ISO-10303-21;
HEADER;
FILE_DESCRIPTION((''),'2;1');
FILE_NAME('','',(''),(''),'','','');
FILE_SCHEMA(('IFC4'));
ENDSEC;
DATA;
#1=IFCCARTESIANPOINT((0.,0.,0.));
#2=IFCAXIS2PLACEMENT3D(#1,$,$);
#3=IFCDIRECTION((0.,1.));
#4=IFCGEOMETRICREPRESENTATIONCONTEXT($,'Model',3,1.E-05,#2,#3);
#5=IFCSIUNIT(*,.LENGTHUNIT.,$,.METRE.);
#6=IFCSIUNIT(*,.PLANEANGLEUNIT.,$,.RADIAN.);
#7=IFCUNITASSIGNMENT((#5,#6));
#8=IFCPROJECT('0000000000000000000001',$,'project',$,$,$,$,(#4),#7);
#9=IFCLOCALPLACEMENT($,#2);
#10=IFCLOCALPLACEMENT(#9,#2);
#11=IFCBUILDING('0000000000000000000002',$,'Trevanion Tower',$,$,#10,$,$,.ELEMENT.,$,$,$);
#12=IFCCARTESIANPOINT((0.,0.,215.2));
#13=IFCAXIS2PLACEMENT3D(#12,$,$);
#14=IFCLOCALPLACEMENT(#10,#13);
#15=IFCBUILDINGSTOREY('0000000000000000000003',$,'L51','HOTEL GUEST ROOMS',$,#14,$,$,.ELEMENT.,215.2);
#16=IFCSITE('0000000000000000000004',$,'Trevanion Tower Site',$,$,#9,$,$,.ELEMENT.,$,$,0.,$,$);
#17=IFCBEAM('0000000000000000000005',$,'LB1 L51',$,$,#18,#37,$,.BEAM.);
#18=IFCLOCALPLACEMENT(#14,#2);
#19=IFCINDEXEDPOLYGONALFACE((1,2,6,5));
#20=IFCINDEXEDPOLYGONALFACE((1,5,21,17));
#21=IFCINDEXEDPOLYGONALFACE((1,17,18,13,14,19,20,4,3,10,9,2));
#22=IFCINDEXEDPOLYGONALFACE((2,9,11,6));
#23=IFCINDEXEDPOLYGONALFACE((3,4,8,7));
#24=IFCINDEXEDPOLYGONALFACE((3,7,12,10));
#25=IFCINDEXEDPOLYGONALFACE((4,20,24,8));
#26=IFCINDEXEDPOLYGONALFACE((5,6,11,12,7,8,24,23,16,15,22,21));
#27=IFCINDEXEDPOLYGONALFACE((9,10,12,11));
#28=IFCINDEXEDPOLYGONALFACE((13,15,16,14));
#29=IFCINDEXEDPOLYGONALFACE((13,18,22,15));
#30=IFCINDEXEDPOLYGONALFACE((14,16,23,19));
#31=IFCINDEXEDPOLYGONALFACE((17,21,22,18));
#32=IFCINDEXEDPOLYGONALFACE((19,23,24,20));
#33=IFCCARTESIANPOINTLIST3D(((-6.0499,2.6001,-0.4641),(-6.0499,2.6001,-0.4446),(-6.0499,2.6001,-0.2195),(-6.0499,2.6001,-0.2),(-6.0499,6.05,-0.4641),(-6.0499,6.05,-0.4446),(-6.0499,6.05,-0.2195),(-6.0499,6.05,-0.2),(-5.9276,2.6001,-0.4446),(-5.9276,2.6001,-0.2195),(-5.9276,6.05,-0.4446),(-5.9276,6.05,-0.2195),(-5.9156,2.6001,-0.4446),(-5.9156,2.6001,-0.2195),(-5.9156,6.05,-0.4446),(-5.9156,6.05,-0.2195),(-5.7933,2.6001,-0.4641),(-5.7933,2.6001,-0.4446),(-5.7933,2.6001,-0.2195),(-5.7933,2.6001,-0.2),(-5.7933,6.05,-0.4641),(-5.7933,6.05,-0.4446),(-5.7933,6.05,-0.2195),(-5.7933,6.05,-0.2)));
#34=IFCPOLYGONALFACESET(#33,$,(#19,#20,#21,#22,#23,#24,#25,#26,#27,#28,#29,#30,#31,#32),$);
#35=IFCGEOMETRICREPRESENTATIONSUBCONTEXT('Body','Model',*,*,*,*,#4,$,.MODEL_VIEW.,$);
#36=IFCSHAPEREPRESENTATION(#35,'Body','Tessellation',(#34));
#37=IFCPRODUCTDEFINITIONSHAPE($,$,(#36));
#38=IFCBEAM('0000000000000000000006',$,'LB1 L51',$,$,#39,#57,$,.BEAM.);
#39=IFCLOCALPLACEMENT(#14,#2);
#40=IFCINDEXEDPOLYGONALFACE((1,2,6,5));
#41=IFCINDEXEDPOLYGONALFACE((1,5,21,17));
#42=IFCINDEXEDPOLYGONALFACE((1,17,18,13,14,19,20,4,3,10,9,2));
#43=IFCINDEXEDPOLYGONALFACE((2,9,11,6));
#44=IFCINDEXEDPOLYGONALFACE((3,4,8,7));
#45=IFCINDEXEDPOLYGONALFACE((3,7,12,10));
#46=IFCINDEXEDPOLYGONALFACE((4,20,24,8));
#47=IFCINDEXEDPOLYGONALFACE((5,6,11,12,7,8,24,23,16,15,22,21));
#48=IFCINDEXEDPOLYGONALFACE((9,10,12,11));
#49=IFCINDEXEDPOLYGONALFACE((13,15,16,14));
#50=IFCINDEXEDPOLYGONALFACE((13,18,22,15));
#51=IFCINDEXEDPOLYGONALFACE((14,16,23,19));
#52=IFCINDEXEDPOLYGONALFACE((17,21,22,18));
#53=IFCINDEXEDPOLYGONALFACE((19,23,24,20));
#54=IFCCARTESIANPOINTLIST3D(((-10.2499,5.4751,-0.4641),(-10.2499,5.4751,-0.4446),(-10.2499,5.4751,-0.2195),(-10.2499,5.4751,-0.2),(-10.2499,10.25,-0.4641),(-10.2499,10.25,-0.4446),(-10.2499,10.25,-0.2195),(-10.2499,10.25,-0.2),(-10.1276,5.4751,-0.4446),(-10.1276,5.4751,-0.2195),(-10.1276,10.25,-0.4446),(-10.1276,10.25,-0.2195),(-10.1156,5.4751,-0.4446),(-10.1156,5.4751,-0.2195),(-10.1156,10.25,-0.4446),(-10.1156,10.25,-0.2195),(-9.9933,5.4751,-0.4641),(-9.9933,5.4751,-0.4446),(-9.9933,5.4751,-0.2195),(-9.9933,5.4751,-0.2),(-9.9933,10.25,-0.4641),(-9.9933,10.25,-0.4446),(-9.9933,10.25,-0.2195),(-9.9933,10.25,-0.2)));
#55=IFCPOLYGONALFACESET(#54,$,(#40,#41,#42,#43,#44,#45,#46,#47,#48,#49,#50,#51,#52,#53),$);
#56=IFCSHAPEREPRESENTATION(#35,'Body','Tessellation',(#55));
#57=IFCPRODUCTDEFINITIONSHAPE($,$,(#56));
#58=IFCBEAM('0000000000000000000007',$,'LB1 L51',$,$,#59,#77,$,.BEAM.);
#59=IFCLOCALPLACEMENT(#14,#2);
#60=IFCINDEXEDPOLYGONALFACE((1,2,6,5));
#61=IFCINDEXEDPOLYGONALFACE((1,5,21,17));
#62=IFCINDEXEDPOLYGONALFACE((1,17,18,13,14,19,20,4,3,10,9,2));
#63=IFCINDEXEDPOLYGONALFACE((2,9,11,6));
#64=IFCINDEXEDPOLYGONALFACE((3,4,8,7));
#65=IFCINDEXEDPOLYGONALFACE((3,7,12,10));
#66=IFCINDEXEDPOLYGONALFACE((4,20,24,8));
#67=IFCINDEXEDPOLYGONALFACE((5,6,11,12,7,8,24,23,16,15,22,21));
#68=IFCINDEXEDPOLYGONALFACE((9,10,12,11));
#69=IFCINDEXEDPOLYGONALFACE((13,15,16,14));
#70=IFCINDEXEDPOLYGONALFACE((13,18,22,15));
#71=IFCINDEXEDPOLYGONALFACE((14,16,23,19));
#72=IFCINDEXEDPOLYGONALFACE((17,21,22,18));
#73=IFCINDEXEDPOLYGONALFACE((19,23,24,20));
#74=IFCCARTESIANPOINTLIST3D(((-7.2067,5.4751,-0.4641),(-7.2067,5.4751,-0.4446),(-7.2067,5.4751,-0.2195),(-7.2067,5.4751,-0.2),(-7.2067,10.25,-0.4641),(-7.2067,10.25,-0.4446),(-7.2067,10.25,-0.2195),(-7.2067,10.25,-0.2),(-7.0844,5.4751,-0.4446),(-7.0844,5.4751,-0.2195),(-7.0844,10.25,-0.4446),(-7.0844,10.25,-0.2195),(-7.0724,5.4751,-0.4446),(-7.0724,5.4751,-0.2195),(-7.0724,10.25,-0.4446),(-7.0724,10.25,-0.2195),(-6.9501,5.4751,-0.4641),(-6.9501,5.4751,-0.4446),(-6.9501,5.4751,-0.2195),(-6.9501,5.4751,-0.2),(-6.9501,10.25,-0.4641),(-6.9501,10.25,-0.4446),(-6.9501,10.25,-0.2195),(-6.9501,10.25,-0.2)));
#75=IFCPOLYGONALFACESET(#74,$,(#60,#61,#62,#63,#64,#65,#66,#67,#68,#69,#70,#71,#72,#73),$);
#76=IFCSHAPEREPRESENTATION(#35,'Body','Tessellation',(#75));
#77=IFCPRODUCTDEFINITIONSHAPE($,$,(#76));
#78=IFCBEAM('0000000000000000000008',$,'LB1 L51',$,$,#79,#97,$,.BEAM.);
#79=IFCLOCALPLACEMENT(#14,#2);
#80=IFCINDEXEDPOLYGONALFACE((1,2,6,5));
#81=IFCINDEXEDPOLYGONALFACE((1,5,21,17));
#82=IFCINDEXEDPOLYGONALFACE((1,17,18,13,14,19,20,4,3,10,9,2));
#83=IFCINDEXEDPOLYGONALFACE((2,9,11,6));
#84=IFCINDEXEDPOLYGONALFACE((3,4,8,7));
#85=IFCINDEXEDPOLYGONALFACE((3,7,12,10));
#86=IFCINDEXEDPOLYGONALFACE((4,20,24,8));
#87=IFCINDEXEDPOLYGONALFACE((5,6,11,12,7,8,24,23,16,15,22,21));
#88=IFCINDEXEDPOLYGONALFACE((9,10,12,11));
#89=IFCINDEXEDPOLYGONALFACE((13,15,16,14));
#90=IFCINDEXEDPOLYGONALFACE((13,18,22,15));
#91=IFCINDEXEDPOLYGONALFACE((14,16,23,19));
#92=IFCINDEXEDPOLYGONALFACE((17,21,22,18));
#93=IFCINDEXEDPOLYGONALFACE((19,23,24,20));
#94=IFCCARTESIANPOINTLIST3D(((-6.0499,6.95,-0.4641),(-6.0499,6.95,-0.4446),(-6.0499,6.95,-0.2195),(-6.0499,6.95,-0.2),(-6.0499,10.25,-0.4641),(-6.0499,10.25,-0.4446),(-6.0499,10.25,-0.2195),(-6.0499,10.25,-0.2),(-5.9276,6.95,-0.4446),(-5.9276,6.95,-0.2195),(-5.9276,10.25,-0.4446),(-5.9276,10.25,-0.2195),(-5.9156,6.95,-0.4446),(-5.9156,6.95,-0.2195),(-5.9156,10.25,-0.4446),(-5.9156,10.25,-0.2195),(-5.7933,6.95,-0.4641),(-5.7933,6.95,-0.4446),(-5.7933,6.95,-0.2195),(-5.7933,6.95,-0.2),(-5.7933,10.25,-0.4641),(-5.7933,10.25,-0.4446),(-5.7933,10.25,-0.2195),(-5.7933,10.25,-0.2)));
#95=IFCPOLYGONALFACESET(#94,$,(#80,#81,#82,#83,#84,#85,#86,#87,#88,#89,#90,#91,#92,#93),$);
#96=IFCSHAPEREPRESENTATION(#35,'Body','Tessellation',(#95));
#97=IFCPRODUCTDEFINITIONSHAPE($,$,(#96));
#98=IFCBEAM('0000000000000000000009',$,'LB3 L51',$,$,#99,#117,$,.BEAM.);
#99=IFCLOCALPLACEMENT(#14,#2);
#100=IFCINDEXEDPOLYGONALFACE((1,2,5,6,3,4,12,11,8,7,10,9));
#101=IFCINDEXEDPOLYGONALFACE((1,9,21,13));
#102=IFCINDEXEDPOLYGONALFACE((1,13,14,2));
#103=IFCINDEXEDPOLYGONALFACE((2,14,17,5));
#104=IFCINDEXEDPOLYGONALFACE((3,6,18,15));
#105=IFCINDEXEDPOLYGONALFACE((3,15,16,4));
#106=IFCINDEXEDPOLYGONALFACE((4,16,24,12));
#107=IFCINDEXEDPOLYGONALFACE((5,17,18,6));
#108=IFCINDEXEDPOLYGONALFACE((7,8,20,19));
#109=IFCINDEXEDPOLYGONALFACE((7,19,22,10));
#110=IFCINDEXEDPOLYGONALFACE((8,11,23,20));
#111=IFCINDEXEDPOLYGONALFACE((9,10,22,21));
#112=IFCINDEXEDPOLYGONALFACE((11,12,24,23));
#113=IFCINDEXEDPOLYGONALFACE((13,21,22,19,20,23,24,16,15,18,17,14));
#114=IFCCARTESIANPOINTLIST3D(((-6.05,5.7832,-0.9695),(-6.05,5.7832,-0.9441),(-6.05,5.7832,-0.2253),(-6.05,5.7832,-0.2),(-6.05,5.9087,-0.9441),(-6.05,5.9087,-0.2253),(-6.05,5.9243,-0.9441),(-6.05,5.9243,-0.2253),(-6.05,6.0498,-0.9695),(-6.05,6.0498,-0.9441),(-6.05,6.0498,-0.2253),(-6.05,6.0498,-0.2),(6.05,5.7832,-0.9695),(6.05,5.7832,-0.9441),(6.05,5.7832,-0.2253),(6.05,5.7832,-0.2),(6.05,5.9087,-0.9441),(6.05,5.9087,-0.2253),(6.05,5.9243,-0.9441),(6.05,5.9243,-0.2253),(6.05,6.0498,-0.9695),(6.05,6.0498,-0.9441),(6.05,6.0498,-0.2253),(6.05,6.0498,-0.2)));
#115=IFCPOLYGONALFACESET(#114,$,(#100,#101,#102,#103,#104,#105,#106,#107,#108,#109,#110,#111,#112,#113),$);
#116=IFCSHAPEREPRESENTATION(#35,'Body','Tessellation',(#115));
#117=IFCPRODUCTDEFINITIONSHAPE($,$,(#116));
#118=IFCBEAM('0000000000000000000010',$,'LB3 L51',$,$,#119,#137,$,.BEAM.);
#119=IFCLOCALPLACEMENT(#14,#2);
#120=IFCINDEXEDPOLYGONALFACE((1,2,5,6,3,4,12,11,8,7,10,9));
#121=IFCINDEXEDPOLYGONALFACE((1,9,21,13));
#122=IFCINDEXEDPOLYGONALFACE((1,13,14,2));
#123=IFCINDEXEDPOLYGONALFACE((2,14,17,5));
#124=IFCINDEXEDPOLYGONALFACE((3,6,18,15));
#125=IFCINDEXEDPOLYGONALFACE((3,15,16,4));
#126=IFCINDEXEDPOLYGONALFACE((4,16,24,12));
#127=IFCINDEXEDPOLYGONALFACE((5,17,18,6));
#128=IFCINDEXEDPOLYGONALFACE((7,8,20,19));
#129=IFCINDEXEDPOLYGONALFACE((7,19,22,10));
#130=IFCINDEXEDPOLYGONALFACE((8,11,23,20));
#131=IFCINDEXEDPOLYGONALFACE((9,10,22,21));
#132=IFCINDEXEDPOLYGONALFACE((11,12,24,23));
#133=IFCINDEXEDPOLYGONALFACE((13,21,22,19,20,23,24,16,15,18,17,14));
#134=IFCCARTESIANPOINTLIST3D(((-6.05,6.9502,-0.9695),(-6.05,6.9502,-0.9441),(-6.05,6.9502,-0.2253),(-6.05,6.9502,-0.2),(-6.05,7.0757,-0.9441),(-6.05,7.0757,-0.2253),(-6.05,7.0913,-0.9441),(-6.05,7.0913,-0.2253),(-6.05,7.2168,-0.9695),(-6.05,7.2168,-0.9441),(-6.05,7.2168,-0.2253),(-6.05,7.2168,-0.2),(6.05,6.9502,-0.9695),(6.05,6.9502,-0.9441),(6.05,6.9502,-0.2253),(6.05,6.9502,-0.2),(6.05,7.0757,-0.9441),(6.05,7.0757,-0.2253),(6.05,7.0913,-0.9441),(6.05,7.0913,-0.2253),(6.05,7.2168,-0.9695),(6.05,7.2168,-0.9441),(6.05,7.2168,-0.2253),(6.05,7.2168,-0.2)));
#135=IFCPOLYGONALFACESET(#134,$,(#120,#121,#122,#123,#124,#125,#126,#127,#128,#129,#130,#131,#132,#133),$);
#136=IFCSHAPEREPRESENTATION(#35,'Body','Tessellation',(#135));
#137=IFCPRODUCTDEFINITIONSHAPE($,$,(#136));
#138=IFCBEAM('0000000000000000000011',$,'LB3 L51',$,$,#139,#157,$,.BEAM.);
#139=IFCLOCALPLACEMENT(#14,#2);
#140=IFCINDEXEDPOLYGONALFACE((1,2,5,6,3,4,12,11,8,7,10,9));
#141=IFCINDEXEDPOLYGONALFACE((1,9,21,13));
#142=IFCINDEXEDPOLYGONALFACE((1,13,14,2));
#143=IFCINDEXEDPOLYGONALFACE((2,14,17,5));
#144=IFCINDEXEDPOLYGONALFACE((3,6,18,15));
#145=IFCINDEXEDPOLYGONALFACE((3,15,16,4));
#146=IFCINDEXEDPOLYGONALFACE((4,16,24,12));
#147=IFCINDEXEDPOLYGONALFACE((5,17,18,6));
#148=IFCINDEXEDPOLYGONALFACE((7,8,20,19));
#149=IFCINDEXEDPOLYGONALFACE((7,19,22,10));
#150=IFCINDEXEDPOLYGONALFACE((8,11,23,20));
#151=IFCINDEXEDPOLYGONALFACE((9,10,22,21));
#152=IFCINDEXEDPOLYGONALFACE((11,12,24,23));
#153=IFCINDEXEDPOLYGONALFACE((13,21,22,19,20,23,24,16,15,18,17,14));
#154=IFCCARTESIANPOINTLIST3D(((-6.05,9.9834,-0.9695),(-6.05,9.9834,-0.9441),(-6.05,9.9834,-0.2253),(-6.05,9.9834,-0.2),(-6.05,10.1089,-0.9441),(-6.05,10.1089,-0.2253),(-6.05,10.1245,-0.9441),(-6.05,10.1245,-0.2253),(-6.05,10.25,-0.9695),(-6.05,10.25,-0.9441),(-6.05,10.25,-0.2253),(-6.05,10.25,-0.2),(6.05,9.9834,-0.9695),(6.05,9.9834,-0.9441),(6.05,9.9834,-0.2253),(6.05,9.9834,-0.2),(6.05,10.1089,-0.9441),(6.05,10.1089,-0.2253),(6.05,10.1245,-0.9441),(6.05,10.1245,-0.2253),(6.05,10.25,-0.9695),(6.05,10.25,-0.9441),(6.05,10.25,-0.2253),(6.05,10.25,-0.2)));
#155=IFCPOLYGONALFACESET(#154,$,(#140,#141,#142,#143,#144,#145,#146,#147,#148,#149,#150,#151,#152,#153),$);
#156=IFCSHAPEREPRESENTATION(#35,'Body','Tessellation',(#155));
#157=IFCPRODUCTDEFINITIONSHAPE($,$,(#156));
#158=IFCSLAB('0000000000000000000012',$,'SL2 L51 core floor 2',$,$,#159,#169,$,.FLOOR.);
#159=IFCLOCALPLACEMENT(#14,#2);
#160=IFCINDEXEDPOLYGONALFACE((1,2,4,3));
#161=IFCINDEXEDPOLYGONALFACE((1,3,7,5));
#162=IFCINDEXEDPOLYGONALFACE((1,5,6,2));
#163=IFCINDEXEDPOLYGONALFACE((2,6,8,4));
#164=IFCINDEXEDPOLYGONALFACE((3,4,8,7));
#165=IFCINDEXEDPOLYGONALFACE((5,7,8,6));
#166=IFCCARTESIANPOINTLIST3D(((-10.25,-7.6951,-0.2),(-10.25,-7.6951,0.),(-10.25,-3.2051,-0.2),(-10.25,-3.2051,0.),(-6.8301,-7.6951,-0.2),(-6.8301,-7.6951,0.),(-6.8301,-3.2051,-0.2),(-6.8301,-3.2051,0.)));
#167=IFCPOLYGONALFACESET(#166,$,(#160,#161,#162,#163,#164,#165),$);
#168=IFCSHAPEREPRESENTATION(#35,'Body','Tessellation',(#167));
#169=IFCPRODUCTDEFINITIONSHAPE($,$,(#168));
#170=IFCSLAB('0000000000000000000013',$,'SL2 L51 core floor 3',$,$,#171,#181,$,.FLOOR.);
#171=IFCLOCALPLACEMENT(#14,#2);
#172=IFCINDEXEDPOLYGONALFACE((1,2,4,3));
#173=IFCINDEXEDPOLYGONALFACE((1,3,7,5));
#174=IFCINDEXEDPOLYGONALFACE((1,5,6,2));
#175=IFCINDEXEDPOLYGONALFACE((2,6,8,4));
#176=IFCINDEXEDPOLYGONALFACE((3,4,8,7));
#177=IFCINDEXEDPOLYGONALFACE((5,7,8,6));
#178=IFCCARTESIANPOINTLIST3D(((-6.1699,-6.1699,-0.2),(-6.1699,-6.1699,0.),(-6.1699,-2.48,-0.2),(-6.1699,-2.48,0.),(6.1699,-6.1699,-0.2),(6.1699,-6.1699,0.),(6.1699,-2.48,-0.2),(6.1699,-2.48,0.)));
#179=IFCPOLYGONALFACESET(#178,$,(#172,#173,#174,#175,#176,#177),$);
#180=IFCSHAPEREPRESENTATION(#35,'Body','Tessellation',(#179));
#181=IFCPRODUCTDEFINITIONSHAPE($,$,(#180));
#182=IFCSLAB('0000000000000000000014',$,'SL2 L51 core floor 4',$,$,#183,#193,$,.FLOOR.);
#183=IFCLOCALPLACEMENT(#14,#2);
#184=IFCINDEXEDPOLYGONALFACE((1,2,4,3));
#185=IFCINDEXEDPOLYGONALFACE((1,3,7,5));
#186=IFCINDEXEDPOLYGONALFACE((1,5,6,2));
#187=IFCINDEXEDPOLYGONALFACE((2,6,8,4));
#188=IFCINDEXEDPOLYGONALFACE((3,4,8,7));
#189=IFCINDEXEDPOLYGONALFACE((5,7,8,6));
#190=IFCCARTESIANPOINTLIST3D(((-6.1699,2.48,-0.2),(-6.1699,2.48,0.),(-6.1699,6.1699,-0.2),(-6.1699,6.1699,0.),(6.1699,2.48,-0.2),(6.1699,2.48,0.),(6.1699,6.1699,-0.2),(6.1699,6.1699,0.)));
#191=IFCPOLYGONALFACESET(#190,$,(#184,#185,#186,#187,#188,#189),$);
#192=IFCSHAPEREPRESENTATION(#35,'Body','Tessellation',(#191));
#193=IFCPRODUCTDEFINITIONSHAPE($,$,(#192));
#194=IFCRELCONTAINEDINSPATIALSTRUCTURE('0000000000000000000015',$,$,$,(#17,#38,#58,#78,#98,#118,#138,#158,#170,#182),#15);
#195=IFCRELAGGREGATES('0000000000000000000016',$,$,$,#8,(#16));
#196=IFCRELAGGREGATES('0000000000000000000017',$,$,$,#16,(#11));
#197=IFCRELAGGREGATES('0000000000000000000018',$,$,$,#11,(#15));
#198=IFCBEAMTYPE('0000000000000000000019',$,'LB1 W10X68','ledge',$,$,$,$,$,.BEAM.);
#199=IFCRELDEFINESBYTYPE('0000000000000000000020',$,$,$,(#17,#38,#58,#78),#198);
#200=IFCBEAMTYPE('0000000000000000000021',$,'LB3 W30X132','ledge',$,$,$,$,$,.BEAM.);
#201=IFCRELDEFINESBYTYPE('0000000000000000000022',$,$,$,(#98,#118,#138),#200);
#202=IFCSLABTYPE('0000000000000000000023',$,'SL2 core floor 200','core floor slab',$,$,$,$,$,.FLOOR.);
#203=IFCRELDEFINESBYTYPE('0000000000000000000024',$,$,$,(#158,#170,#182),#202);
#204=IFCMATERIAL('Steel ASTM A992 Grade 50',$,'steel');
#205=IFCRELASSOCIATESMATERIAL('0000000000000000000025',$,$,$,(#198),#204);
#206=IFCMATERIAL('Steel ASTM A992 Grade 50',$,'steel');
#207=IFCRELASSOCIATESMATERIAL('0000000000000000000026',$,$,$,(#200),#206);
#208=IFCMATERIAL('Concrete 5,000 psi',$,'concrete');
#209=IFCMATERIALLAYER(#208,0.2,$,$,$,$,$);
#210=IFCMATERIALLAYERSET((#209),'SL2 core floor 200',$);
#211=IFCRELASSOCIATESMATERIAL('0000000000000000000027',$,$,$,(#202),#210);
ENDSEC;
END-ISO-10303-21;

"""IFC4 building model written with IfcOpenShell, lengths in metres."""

from ifc_helpers import new_model, si_unit, direction, frame, origin, origin_2d, place, context, subcontext, project, spatial, polyline, i_section, outline, extrude, material, layer, layer_set, material_profile, profile_set, type_object, element, save


model = new_model("IFC4")

# Units and contexts
model_context = context("Model", 3, precision=1e-05, world=origin(), true_north=direction((0.0, 1.0)))
body_context = subcontext(model_context, "Body", "Model", "MODEL_VIEW")
ifc_project = project(units=[si_unit("LENGTHUNIT", "METRE"), si_unit("PLANEANGLEUNIT", "RADIAN")], contexts=[model_context])

# Site, building, storey
site_placement = place(None, origin())
site = spatial("IfcSite", under=ifc_project, at=site_placement, Name="Trevanion Tower Site", CompositionType="ELEMENT", RefElevation=0.0)
building_placement = place(site_placement, origin())
building = spatial("IfcBuilding", under=site, at=building_placement, Name="Trevanion Tower", CompositionType="ELEMENT")
storey_placement = place(building_placement, frame((0.0, 0.0, 215.2)))
storey = spatial("IfcBuildingStorey", under=building, at=storey_placement, Name="L51", Description="HOTEL GUEST ROOMS", CompositionType="ELEMENT", Elevation=215.2)

# Beams
ifc_material_1 = material(Name="Steel ASTM A992 Grade 50", Category="steel")
ifc_material_profile_1 = material_profile(ifc_material_1, i_section(OverallWidth=0.2566, OverallDepth=0.2642, WebThickness=0.012, FlangeThickness=0.0195, at=origin_2d()), Name="W10X68")
ifc_profile_set_1 = profile_set([ifc_material_profile_1], Name="Steel ASTM A992 Grade 50")
beam_type_1 = type_object("IfcBeamType", Name="LB1 W10X68", Description="ledge", PredefinedType="BEAM", material=ifc_profile_set_1)
beam_1_placement = place(storey_placement, frame((-5.9216, 2.6001, -0.332), z_axis=(0.0, 1.0, 0.0), x_axis=(-1.0, 0.0, 0.0)))
element("IfcBeam", 1, at=beam_1_placement, inside=storey, type_object=beam_type_1, Name="LB1 L51", PredefinedType="BEAM", context=body_context, shape_type="SweptSolid", body=[
    extrude(i_section(OverallWidth=0.2566, OverallDepth=0.2642, WebThickness=0.012, FlangeThickness=0.0195, at=origin_2d()), origin(), (0.0, 0.0, 1.0), 3.45),
])
for number, where, z_axis, x_axis, name in (
    (2, (-10.1216, 5.4751, -0.332), (0.0, 1.0, 0.0), (-1.0, 0.0, 0.0), "LB1 L51"),
    (3, (-7.0784, 5.4751, -0.332), (0.0, 1.0, 0.0), (-1.0, 0.0, 0.0), "LB1 L51"),
):
    element("IfcBeam", number, at=place(storey_placement, frame(where, z_axis=z_axis, x_axis=x_axis)), inside=storey, type_object=beam_type_1, Name=name, PredefinedType="BEAM", context=body_context, shape_type="SweptSolid", body=[
        extrude(i_section(OverallWidth=0.2566, OverallDepth=0.2642, WebThickness=0.012, FlangeThickness=0.0195, at=origin_2d()), origin(), (0.0, 0.0, 1.0), 4.7749),
    ])
beam_2_placement = place(storey_placement, frame((-5.9216, 6.95, -0.332), z_axis=(0.0, 1.0, 0.0), x_axis=(-1.0, 0.0, 0.0)))
element("IfcBeam", 4, at=beam_2_placement, inside=storey, type_object=beam_type_1, Name="LB1 L51", PredefinedType="BEAM", context=body_context, shape_type="SweptSolid", body=[
    extrude(i_section(OverallWidth=0.2566, OverallDepth=0.2642, WebThickness=0.012, FlangeThickness=0.0195, at=origin_2d()), origin(), (0.0, 0.0, 1.0), 3.3),
])
ifc_material_2 = material(Name="Steel ASTM A992 Grade 50", Category="steel")
ifc_material_profile_2 = material_profile(ifc_material_2, i_section(OverallWidth=0.2666, OverallDepth=0.7695, WebThickness=0.0156, FlangeThickness=0.0254, at=origin_2d()), Name="W30X132")
ifc_profile_set_2 = profile_set([ifc_material_profile_2], Name="Steel ASTM A992 Grade 50")
beam_type_2 = type_object("IfcBeamType", Name="LB3 W30X132", Description="ledge", PredefinedType="BEAM", material=ifc_profile_set_2)
for number, where, z_axis, x_axis, name in (
    (5, (-6.05, 5.9165, -0.5847), (1.0, 0.0, 0.0), (0.0, 1.0, 0.0), "LB3 L51"),
    (6, (-6.05, 7.0835, -0.5847), (1.0, 0.0, 0.0), (0.0, 1.0, 0.0), "LB3 L51"),
    (7, (-6.05, 10.1167, -0.5847), (1.0, 0.0, 0.0), (0.0, 1.0, 0.0), "LB3 L51"),
):
    element("IfcBeam", number, at=place(storey_placement, frame(where, z_axis=z_axis, x_axis=x_axis)), inside=storey, type_object=beam_type_2, Name=name, PredefinedType="BEAM", context=body_context, shape_type="SweptSolid", body=[
        extrude(i_section(OverallWidth=0.2666, OverallDepth=0.7695, WebThickness=0.0156, FlangeThickness=0.0254, at=origin_2d()), origin(), (0.0, 0.0, 1.0), 12.1001),
    ])

# Slabs
ifc_material_3 = material(Name="Concrete 5,000 psi", Category="concrete")
ifc_layer_1 = layer(ifc_material_3, 0.2)
ifc_layer_set_1 = layer_set([ifc_layer_1], Name="SL2 core floor 200")
slab_type_1 = type_object("IfcSlabType", Name="SL2 core floor 200", Description="core floor slab", PredefinedType="FLOOR", material=ifc_layer_set_1)
slab_1_placement = place(storey_placement, frame((0.0, 0.0, -0.2)))
element("IfcSlab", 8, at=slab_1_placement, inside=storey, type_object=slab_type_1, Name="SL2 L51 core floor 2", PredefinedType="FLOOR", context=body_context, shape_type="SweptSolid", body=[
    extrude(outline(polyline([(-6.8301, -3.2051), (-6.8301, -7.6951), (-10.25, -7.6951), (-10.25, -3.2051), (-6.8301, -3.2051)])), origin(), (0.0, 0.0, 1.0), 0.2),
])
slab_2_placement = place(storey_placement, frame((0.0, 0.0, -0.2)))
element("IfcSlab", 9, at=slab_2_placement, inside=storey, type_object=slab_type_1, Name="SL2 L51 core floor 3", PredefinedType="FLOOR", context=body_context, shape_type="SweptSolid", body=[
    extrude(outline(polyline([(6.1699, -6.1699), (-6.1699, -6.1699), (-6.1699, -2.48), (6.1699, -2.48), (6.1699, -6.1699)])), origin(), (0.0, 0.0, 1.0), 0.2),
])
slab_3_placement = place(storey_placement, frame((0.0, 0.0, -0.2)))
element("IfcSlab", 10, at=slab_3_placement, inside=storey, type_object=slab_type_1, Name="SL2 L51 core floor 4", PredefinedType="FLOOR", context=body_context, shape_type="SweptSolid", body=[
    extrude(outline(polyline([(6.1699, 2.48), (-6.1699, 2.48), (-6.1699, 6.1699), (6.1699, 6.1699), (6.1699, 2.48)])), origin(), (0.0, 0.0, 1.0), 0.2),
])

save(model, "model.ifc")
